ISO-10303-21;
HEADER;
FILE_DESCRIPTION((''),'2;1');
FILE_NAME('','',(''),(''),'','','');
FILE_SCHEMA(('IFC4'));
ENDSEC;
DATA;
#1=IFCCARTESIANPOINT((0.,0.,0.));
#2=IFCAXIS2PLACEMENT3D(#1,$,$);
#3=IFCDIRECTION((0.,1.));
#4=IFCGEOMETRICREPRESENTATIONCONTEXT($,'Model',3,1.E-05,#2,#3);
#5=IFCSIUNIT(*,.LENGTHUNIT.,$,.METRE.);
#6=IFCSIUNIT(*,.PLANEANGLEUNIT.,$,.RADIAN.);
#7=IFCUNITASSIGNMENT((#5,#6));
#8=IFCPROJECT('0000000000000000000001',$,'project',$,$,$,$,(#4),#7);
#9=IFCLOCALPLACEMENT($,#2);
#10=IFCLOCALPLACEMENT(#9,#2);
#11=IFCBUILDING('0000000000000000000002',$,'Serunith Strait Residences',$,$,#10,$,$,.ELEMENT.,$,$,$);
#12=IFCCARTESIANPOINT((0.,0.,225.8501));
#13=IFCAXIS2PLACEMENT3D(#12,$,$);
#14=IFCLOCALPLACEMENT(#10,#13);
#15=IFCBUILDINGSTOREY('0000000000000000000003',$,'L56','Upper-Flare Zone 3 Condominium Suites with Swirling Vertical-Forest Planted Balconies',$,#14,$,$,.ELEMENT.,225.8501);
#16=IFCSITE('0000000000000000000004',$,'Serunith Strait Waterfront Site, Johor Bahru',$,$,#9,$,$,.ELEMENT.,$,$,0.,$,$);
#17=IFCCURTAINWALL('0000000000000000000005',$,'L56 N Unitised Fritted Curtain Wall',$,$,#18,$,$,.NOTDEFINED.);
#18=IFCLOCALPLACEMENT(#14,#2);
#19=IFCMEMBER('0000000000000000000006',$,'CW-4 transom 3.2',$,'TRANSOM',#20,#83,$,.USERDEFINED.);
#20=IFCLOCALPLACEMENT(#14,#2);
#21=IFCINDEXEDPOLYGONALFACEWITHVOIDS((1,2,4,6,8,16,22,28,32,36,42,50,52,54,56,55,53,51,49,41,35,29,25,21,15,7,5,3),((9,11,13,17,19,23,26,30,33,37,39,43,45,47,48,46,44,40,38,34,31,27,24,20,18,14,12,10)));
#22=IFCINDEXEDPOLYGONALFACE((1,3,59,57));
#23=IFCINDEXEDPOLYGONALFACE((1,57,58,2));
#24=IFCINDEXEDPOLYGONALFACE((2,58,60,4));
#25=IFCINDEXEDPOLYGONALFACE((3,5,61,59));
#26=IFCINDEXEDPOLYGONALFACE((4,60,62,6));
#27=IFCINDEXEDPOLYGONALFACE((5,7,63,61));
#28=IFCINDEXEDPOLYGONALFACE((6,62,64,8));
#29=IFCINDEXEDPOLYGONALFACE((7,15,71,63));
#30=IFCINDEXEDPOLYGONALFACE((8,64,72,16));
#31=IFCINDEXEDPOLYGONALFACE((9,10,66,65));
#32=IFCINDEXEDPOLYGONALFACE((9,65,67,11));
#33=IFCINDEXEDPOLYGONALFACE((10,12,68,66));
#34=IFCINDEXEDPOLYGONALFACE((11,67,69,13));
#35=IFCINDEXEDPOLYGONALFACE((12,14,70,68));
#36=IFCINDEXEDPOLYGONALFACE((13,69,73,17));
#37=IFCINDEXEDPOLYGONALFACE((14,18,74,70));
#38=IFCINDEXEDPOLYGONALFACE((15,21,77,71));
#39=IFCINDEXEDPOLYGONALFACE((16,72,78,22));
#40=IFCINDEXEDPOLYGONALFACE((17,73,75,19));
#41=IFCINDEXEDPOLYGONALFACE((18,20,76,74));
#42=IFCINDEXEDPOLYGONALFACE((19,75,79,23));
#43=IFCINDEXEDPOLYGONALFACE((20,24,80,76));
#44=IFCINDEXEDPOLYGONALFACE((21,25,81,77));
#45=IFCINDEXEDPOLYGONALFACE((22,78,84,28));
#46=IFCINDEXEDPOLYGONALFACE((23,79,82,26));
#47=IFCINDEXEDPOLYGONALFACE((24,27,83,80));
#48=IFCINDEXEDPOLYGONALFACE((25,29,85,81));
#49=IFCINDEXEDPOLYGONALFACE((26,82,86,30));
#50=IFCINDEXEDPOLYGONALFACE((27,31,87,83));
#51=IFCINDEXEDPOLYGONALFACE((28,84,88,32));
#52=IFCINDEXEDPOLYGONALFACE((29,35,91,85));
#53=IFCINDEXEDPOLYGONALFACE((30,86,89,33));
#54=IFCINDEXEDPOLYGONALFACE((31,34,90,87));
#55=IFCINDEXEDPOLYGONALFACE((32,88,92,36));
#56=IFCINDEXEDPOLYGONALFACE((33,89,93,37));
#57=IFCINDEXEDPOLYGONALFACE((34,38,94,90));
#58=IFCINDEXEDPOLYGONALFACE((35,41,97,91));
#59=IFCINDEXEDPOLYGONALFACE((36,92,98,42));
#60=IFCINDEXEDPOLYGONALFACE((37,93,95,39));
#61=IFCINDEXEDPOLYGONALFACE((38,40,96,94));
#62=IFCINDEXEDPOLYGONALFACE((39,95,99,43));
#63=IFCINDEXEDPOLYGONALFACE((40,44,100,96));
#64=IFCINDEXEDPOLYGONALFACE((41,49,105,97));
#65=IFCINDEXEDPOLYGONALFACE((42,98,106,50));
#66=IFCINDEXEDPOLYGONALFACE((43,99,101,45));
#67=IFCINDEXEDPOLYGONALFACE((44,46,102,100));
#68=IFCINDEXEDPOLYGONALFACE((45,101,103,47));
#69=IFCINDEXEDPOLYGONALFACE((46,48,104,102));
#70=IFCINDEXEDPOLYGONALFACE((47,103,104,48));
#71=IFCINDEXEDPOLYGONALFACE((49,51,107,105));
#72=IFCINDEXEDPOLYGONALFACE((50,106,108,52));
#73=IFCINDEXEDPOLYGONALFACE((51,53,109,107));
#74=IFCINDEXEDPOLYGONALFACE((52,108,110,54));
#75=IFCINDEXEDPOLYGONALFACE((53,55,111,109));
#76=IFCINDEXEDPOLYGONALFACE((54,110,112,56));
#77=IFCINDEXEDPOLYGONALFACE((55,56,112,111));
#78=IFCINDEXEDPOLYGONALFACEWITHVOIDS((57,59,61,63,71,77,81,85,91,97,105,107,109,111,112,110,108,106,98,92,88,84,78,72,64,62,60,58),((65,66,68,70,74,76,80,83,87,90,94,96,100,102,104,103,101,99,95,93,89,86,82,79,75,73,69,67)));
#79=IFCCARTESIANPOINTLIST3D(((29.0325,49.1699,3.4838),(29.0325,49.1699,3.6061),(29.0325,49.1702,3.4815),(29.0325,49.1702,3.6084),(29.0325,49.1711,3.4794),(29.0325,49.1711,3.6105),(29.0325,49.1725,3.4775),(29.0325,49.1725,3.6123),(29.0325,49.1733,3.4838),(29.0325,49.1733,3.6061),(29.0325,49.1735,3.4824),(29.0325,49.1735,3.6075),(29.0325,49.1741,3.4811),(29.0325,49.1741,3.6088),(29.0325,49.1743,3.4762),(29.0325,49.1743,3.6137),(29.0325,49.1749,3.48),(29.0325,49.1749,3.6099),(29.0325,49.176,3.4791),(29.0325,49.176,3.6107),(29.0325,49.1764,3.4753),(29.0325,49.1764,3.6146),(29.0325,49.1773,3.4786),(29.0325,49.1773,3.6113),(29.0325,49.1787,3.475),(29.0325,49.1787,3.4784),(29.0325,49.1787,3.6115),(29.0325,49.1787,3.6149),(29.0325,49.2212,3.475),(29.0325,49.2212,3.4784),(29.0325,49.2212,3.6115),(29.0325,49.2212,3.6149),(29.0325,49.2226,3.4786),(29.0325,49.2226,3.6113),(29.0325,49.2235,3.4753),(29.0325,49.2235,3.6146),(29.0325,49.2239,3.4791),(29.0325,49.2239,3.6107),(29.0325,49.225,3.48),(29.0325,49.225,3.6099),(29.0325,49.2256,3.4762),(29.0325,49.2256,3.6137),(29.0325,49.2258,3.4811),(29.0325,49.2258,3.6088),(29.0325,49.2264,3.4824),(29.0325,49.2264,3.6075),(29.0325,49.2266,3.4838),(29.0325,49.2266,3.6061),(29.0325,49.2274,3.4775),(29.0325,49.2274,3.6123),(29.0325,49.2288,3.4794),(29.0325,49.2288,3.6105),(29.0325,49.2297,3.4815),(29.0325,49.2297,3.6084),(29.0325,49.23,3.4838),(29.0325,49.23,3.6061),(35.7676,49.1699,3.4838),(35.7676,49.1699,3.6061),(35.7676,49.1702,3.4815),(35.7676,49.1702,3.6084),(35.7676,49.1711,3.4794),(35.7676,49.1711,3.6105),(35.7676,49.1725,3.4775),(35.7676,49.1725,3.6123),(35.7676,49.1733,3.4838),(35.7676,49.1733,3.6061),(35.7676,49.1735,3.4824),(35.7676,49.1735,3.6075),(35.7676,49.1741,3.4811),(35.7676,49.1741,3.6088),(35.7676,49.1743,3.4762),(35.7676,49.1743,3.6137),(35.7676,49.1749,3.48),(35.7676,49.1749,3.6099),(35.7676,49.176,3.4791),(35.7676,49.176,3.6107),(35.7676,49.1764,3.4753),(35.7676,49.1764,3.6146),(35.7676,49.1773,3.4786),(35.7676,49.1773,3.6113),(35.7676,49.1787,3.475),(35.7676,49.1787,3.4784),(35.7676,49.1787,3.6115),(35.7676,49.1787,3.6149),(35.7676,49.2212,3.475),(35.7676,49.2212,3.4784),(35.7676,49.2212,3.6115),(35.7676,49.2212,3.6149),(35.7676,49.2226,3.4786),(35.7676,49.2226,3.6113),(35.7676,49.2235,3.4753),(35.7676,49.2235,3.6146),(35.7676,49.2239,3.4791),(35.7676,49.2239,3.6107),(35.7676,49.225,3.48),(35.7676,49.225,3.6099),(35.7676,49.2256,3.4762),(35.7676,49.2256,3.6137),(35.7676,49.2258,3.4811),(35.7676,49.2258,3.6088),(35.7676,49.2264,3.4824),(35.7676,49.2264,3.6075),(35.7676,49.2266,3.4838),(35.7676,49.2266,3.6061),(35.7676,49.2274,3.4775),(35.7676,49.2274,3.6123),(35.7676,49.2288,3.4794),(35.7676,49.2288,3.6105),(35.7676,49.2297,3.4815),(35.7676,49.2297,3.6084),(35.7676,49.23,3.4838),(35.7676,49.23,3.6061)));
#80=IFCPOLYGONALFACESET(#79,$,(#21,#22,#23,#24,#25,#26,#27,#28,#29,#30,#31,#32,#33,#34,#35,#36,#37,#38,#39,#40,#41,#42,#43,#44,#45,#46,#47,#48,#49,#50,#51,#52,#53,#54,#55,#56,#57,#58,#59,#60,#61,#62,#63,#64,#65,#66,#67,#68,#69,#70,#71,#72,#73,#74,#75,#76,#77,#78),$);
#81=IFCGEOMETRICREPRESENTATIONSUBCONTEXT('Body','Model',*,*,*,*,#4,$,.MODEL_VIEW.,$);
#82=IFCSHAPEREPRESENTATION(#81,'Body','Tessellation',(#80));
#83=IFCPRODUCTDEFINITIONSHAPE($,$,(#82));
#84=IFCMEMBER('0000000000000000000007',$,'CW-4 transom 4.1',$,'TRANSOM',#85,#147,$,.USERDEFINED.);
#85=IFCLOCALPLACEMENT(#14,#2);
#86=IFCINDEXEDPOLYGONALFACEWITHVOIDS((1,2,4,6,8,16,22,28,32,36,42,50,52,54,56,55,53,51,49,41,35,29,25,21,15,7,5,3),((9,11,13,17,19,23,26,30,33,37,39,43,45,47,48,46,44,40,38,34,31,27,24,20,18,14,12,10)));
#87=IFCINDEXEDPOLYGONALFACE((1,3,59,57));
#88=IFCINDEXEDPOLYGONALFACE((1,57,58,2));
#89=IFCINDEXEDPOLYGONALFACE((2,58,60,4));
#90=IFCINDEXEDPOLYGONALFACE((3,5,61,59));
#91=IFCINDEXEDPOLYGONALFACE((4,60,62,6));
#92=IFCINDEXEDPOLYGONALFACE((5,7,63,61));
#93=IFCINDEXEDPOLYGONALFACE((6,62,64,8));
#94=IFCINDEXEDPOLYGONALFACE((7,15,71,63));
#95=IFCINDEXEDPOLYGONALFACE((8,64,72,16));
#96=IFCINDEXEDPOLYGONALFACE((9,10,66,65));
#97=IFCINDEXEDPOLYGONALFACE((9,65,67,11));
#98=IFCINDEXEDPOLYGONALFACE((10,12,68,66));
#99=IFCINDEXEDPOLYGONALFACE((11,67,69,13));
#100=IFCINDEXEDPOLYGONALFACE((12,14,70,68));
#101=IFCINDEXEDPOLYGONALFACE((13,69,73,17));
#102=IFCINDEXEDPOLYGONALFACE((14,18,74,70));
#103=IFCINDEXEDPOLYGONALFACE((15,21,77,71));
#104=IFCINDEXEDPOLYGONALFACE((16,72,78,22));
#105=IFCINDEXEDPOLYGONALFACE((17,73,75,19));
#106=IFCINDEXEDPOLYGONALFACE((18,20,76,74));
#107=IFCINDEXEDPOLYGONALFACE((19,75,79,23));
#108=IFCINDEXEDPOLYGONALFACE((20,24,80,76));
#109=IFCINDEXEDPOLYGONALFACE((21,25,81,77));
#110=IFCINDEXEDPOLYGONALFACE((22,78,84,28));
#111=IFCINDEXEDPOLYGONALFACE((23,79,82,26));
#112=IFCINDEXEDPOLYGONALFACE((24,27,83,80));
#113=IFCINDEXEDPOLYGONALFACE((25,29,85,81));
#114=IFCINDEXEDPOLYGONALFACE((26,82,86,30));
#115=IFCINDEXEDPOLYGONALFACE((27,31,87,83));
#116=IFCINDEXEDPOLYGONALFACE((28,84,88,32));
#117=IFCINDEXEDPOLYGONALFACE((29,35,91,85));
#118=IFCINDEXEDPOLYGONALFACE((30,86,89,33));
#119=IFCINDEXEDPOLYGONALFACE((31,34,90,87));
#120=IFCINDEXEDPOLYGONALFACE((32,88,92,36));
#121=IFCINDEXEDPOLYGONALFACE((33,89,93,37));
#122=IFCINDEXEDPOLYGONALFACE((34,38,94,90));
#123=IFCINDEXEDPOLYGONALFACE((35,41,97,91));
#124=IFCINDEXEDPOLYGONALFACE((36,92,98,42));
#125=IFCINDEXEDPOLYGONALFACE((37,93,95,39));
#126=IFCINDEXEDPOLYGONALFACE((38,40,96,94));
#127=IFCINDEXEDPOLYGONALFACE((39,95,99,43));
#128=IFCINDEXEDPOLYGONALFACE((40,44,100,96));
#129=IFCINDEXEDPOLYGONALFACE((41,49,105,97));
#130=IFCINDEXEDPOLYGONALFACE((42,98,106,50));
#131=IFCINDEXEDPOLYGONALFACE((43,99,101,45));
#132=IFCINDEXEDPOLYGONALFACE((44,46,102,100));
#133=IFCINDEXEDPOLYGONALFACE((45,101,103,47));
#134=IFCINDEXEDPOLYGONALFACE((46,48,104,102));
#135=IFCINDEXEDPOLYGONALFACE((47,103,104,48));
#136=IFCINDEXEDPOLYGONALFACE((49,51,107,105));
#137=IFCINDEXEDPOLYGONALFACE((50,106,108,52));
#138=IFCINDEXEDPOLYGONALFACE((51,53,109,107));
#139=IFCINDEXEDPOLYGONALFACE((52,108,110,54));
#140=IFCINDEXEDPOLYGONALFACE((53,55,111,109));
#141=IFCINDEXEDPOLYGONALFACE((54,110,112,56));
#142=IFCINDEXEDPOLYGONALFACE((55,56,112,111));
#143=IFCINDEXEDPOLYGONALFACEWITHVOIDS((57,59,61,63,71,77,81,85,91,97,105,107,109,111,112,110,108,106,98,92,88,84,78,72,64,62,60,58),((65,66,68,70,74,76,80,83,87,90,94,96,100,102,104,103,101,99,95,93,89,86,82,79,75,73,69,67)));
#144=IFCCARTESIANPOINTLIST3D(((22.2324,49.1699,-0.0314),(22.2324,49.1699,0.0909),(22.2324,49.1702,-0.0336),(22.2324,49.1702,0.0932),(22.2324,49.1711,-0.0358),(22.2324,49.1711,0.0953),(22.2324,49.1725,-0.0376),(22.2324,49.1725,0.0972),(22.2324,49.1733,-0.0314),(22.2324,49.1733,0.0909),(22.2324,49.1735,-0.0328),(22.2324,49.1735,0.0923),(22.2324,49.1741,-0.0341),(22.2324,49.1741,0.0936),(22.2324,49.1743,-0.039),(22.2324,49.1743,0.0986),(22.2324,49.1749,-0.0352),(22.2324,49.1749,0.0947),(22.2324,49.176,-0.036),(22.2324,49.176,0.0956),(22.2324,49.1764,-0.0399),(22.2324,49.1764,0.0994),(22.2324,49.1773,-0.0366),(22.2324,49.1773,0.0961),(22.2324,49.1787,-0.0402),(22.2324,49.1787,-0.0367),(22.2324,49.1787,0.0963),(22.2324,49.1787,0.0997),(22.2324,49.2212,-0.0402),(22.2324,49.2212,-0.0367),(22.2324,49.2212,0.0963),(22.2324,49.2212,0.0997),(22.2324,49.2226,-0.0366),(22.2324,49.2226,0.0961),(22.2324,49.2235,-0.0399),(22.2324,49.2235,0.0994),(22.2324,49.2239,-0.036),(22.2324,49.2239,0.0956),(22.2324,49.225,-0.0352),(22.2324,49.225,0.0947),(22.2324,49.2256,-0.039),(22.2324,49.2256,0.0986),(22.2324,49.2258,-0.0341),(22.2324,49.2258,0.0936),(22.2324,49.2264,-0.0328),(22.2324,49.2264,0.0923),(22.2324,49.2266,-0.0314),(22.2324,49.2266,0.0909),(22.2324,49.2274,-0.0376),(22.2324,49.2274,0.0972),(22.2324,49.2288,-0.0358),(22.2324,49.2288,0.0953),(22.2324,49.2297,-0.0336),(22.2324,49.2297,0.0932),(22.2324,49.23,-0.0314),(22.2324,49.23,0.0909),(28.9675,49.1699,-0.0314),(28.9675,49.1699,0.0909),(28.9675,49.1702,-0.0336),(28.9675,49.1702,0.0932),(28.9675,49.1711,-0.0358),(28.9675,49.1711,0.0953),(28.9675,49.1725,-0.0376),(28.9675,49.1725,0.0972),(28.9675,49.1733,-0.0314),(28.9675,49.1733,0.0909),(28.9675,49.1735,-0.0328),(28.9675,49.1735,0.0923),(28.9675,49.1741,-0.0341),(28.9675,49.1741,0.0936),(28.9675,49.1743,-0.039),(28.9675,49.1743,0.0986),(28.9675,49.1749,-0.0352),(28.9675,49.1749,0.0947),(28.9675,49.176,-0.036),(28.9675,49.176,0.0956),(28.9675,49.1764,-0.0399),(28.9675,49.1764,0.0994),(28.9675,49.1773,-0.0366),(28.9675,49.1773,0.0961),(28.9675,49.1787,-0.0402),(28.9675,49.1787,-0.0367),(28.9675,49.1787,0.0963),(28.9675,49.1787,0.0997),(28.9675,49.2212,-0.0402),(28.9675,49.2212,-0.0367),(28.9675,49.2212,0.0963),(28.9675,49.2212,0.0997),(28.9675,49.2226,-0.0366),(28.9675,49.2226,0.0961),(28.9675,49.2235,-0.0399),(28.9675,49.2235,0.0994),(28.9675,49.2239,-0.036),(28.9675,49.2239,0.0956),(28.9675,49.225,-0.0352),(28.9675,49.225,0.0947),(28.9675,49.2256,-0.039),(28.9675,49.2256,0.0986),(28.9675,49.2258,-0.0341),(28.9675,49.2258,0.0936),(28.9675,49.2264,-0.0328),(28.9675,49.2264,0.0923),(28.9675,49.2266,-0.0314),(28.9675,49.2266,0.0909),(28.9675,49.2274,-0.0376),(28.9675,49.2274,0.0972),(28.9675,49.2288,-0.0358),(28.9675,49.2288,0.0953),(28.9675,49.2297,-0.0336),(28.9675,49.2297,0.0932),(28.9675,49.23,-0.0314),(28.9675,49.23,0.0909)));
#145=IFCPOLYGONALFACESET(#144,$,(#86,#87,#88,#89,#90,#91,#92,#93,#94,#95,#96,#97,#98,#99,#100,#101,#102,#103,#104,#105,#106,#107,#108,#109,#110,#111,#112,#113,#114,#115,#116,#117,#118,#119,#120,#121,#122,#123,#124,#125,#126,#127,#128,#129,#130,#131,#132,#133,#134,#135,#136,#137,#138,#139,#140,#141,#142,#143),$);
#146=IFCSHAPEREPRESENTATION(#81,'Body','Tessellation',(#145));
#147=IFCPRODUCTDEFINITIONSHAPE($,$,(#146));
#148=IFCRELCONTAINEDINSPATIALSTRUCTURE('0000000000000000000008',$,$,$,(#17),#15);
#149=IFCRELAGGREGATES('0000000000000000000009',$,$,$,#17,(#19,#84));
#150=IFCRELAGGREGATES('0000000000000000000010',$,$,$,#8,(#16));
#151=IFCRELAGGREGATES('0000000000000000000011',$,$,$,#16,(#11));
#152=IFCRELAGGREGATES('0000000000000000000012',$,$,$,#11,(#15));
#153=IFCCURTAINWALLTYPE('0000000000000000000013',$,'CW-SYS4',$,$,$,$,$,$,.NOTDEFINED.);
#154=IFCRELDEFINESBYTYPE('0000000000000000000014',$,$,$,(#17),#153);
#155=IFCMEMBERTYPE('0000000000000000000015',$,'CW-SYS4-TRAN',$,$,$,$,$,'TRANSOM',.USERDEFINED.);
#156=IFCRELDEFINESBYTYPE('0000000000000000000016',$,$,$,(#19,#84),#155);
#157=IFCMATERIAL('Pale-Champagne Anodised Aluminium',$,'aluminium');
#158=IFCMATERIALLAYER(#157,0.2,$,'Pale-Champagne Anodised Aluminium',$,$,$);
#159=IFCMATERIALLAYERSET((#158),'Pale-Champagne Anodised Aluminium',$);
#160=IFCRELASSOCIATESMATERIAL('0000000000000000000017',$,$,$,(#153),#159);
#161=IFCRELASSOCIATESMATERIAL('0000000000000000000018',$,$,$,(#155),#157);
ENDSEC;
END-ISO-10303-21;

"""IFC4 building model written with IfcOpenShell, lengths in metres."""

from ifc_helpers import new_model, si_unit, direction, frame, origin, origin_2d, place, context, subcontext, project, spatial, hollow_rectangle, extrude, source, transform, mapped, material, layer, layer_set, material_profile, profile_set, type_object, element, aggregate, save


model = new_model("IFC4")

# Units and contexts
model_context = context("Model", 3, precision=1e-05, world=origin(), true_north=direction((0.0, 1.0)))
body_context = subcontext(model_context, "Body", "Model", "MODEL_VIEW")
ifc_project = project(units=[si_unit("LENGTHUNIT", "METRE"), si_unit("PLANEANGLEUNIT", "RADIAN")], contexts=[model_context])

# Site, building, storey
site_placement = place(None, origin())
site = spatial("IfcSite", under=ifc_project, at=site_placement, Name="Serunith Strait Waterfront Site, Johor Bahru", CompositionType="ELEMENT", RefElevation=0.0)
building_placement = place(site_placement, origin())
building = spatial("IfcBuilding", under=site, at=building_placement, Name="Serunith Strait Residences", CompositionType="ELEMENT")
storey_placement = place(building_placement, frame((0.0, 0.0, 225.8501)))
storey = spatial("IfcBuildingStorey", under=building, at=storey_placement, Name="L56", Description="Upper-Flare Zone 3 Condominium Suites with Swirling Vertical-Forest Planted Balconies", CompositionType="ELEMENT", Elevation=225.8501)

# Curtain wall, members
ifc_material_1 = material(Name="Pale-Champagne Anodised Aluminium", Category="aluminium")
ifc_layer_1 = layer(ifc_material_1, 0.2, Name="Pale-Champagne Anodised Aluminium")
ifc_layer_set_1 = layer_set([ifc_layer_1], Name="Pale-Champagne Anodised Aluminium")
curtain_wall_type = type_object("IfcCurtainWallType", Name="CW-SYS4", PredefinedType="NOTDEFINED", material=ifc_layer_set_1)
curtain_wall_placement = place(storey_placement, origin())
curtain_wall = element("IfcCurtainWall", 1, at=curtain_wall_placement, inside=storey, type_object=curtain_wall_type, Name="L56 N Unitised Fritted Curtain Wall", PredefinedType="NOTDEFINED")
ifc_material_profile_1 = material_profile(ifc_material_1, hollow_rectangle(XDim=0.0601, YDim=0.1399, WallThickness=0.0034, InnerFilletRadius=0.0054, OuterFilletRadius=0.0088, at=origin_2d()), Name="ALU 140x60x3.5")
ifc_profile_set_1 = profile_set([ifc_material_profile_1], Name="Pale-Champagne Anodised Aluminium")
member_type_1 = type_object("IfcMemberType", Name="CW-SYS4-TRAN", ElementType="TRANSOM", PredefinedType="USERDEFINED", material=ifc_profile_set_1)
shared_shape_1 = source(origin(), body_context, "Body", "SweptSolid", [
    extrude(hollow_rectangle(XDim=0.0601, YDim=0.1399, WallThickness=0.0034, InnerFilletRadius=0.0054, OuterFilletRadius=0.0088, at=origin_2d()), origin(), (0.0, 0.0, 1.0), 6.7351),
])
member_1_placement = place(storey_placement, frame((35.7676, 49.2, 3.5449), z_axis=(-1.0, 0.0, 0.0), x_axis=(0.0, -1.0, 0.0)))
member_1 = element("IfcMember", 2, at=member_1_placement, type_object=member_type_1, Name="CW-4 transom 3.2", ObjectType="TRANSOM", PredefinedType="USERDEFINED", context=body_context, shape_type="MappedRepresentation", body=[
    mapped(shared_shape_1, transform((0.0, 0.0, 0.0), scale=1.0)),
])
member_2_placement = place(storey_placement, frame((28.9675, 49.2, 0.0298), z_axis=(-1.0, 0.0, 0.0), x_axis=(0.0, -1.0, 0.0)))
member_2 = element("IfcMember", 3, at=member_2_placement, type_object=member_type_1, Name="CW-4 transom 4.1", ObjectType="TRANSOM", PredefinedType="USERDEFINED", context=body_context, shape_type="MappedRepresentation", body=[
    mapped(shared_shape_1, transform((0.0, 0.0, 0.0), scale=1.0)),
])
aggregate(curtain_wall, [member_1, member_2])

save(model, "model.ifc")
